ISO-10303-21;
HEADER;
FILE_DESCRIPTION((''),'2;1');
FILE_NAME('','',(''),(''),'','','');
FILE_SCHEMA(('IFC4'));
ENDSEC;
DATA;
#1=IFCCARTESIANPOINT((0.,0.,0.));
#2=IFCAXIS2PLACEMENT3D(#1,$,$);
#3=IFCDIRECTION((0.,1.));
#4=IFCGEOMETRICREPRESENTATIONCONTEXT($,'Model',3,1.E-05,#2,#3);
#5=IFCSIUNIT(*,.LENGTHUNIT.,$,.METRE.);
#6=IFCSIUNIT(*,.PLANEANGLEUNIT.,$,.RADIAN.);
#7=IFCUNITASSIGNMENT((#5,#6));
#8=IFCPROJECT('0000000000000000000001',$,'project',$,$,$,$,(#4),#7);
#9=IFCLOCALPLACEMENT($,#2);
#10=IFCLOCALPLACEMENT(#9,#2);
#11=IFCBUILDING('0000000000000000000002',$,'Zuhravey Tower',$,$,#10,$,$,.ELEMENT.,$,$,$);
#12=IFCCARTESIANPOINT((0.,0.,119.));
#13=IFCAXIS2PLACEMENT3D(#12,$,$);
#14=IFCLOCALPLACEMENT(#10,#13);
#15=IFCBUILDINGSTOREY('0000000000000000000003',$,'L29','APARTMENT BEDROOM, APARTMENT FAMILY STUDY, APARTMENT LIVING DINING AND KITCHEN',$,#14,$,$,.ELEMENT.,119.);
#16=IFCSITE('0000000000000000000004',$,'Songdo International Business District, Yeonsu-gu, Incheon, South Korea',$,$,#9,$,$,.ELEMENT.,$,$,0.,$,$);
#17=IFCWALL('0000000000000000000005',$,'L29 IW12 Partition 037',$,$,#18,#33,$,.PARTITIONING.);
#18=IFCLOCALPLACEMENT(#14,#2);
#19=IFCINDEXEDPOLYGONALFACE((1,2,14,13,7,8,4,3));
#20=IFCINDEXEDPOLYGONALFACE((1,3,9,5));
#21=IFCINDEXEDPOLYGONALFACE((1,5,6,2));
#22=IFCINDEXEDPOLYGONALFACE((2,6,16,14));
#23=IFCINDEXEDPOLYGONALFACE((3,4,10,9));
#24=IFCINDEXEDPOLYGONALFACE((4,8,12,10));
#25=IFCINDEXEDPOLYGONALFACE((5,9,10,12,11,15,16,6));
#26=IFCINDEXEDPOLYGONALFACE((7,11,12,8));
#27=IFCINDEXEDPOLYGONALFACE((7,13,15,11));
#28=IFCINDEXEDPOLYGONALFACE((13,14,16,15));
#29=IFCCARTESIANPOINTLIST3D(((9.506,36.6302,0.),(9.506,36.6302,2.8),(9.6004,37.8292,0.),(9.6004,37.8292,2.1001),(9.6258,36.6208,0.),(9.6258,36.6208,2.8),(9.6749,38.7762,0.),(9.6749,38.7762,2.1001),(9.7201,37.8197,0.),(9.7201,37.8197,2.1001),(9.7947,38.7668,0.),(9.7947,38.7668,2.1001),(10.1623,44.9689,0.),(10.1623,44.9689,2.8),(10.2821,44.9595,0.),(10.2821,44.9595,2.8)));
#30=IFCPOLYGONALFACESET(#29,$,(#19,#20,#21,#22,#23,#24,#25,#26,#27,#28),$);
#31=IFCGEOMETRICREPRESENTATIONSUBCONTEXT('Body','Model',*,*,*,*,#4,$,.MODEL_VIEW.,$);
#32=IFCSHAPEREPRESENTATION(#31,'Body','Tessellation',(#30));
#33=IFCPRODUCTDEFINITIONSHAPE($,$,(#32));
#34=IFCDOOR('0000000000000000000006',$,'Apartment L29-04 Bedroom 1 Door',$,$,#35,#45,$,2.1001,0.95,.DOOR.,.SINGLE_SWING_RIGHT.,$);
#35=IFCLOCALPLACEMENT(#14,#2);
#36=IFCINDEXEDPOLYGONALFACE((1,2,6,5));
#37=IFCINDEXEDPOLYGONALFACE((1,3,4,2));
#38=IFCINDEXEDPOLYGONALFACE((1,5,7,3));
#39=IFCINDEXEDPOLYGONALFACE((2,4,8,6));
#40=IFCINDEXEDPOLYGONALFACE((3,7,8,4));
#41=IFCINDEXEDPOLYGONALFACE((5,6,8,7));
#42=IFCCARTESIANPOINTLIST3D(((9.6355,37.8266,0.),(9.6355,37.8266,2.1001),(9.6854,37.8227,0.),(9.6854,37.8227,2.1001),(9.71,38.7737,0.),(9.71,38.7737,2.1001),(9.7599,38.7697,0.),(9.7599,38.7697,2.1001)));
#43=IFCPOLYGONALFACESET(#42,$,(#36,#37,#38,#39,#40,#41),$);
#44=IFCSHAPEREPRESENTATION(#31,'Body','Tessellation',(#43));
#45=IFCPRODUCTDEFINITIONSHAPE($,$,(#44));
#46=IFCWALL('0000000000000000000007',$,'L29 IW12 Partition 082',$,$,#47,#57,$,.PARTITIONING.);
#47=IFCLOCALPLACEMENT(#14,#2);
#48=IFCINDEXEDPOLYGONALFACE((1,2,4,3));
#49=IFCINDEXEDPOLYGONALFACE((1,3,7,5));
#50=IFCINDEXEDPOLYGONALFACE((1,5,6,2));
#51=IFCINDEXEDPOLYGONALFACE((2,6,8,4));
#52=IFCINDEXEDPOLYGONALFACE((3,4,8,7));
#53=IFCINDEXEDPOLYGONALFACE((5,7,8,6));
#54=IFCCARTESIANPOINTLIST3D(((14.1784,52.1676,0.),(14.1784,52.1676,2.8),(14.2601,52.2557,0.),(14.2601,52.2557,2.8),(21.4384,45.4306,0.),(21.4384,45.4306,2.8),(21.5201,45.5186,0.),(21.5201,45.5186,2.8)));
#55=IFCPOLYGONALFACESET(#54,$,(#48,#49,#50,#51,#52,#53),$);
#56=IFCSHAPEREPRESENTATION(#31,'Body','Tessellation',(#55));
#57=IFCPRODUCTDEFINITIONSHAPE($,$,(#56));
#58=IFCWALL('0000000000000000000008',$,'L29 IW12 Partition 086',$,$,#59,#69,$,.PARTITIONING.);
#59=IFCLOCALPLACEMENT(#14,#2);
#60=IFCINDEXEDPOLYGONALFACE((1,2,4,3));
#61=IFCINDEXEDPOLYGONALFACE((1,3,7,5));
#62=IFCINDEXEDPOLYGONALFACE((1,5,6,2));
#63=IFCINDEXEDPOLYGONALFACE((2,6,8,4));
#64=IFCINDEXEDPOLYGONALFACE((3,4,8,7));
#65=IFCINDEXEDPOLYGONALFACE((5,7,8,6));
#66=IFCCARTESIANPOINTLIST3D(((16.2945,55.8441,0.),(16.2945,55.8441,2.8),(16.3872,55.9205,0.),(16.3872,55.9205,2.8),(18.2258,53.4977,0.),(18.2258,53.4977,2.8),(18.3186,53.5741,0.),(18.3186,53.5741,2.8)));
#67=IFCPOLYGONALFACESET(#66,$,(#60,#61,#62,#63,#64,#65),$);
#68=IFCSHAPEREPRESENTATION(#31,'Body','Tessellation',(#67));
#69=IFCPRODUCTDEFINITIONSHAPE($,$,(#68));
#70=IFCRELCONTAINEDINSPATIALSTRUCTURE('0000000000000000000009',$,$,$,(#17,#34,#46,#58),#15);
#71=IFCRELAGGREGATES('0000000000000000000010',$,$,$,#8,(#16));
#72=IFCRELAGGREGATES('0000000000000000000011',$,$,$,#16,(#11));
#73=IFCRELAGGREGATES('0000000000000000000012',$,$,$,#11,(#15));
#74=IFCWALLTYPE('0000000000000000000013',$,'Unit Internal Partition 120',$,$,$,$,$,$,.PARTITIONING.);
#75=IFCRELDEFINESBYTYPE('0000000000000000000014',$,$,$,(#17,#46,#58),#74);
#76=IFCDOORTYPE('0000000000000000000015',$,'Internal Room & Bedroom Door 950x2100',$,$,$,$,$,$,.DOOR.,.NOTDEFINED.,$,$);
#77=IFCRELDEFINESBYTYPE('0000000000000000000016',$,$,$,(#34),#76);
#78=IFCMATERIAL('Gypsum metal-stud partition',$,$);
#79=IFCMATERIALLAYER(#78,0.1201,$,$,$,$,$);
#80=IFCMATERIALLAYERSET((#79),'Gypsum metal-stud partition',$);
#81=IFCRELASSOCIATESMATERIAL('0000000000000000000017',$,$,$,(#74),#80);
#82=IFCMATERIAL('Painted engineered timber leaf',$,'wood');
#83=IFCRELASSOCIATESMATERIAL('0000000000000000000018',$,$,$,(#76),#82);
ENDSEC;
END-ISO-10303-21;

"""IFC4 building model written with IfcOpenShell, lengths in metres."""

from ifc_helpers import new_model, si_unit, direction, frame, frame_2d, origin, place, context, subcontext, project, spatial, rectangle, extrude, material, layer, layer_set, type_object, element, fill, save


model = new_model("IFC4")

# Units and contexts
model_context = context("Model", 3, precision=1e-05, world=origin(), true_north=direction((0.0, 1.0)))
body_context = subcontext(model_context, "Body", "Model", "MODEL_VIEW")
ifc_project = project(units=[si_unit("LENGTHUNIT", "METRE"), si_unit("PLANEANGLEUNIT", "RADIAN")], contexts=[model_context])

# Site, building, storey
site_placement = place(None, origin())
site = spatial("IfcSite", under=ifc_project, at=site_placement, Name="Songdo International Business District, Yeonsu-gu, Incheon, South Korea", CompositionType="ELEMENT", RefElevation=0.0)
building_placement = place(site_placement, origin())
building = spatial("IfcBuilding", under=site, at=building_placement, Name="Zuhravey Tower", CompositionType="ELEMENT")
storey_placement = place(building_placement, frame((0.0, 0.0, 119.0)))
storey = spatial("IfcBuildingStorey", under=building, at=storey_placement, Name="L29", Description="APARTMENT BEDROOM, APARTMENT FAMILY STUDY, APARTMENT LIVING DINING AND KITCHEN", CompositionType="ELEMENT", Elevation=119.0)

# Wall, opening, door
ifc_material_1 = material(Name="Gypsum metal-stud partition")
ifc_layer_1 = layer(ifc_material_1, 0.1201)
ifc_layer_set_1 = layer_set([ifc_layer_1], Name="Gypsum metal-stud partition")
wall_type_1 = type_object("IfcWallType", Name="Unit Internal Partition 120", PredefinedType="PARTITIONING", material=ifc_layer_set_1)
wall_1_placement = place(storey_placement, frame((10.2222, 44.9641, 0.0), z_axis=(0.0, 0.0, 1.0), x_axis=(-0.078457, -0.996917, 0.0)))
wall_1 = element("IfcWall", 1, at=wall_1_placement, inside=storey, type_object=wall_type_1, Name="L29 IW12 Partition 037", PredefinedType="PARTITIONING", context=body_context, shape_type="SweptSolid", body=[
    extrude(rectangle(XDim=8.3645, YDim=0.1201, at=frame_2d((4.1821, 0.0))), origin(), (0.0, 0.0, 1.0), 2.8),
])
opening_1_placement = place(wall_1_placement, frame((6.2117, 0.0, 0.0)))
opening_1 = element("IfcOpeningElement", 2, at=opening_1_placement, cuts=wall_1, PredefinedType="OPENING", context=body_context, shape_type="SweptSolid", body=[
    extrude(rectangle(XDim=0.95, YDim=2.1001, at=frame_2d((0.4751, 1.05))), frame((0.0, 0.072, 0.0), z_axis=(0.0, -1.0, 0.0), x_axis=(1.0, 0.0, 0.0)), (0.0, 0.0, 1.0), 0.144),
])
ifc_material_2 = material(Name="Painted engineered timber leaf", Category="wood")
door_type_1 = type_object("IfcDoorType", Name="Internal Room & Bedroom Door 950x2100", OperationType="NOTDEFINED", PredefinedType="DOOR", material=ifc_material_2)
door_1_placement = place(opening_1_placement, frame((0.95, 0.0, 0.0), z_axis=(0.0, 0.0, 1.0), x_axis=(-1.0, 0.0, 0.0)))
door_1 = element("IfcDoor", 3, at=door_1_placement, inside=storey, type_object=door_type_1, Name="Apartment L29-04 Bedroom 1 Door", OperationType="SINGLE_SWING_RIGHT", OverallHeight=2.1001, OverallWidth=0.95, PredefinedType="DOOR", context=body_context, shape_type="SweptSolid", body=[
    extrude(rectangle(XDim=0.95, YDim=2.1001, at=frame_2d((0.4751, 1.05))), frame((0.0, 0.0249, 0.0), z_axis=(0.0, -1.0, 0.0), x_axis=(1.0, 0.0, 0.0)), (0.0, 0.0, 1.0), 0.05),
])
fill(opening_1, door_1)

# Walls
wall_2_placement = place(storey_placement, frame((21.4792, 45.4746, 0.0), z_axis=(0.0, 0.0, 1.0), x_axis=(-0.733014, 0.680214, 0.0)))
element("IfcWall", 4, at=wall_2_placement, inside=storey, type_object=wall_type_1, Name="L29 IW12 Partition 082", PredefinedType="PARTITIONING", context=body_context, shape_type="SweptSolid", body=[
    extrude(rectangle(XDim=9.9043, YDim=0.1201, at=frame_2d((4.9521, 0.0))), origin(), (0.0, 0.0, 1.0), 2.8),
])
wall_3_placement = place(storey_placement, frame((18.2722, 53.5359, 0.0), z_axis=(0.0, 0.0, 1.0), x_axis=(-0.635519, 0.772086, 0.0)))
element("IfcWall", 5, at=wall_3_placement, inside=storey, type_object=wall_type_1, Name="L29 IW12 Partition 086", PredefinedType="PARTITIONING", context=body_context, shape_type="SweptSolid", body=[
    extrude(rectangle(XDim=3.0391, YDim=0.1201, at=frame_2d((1.5195, 0.0))), origin(), (0.0, 0.0, 1.0), 2.8),
])

save(model, "model.ifc")
